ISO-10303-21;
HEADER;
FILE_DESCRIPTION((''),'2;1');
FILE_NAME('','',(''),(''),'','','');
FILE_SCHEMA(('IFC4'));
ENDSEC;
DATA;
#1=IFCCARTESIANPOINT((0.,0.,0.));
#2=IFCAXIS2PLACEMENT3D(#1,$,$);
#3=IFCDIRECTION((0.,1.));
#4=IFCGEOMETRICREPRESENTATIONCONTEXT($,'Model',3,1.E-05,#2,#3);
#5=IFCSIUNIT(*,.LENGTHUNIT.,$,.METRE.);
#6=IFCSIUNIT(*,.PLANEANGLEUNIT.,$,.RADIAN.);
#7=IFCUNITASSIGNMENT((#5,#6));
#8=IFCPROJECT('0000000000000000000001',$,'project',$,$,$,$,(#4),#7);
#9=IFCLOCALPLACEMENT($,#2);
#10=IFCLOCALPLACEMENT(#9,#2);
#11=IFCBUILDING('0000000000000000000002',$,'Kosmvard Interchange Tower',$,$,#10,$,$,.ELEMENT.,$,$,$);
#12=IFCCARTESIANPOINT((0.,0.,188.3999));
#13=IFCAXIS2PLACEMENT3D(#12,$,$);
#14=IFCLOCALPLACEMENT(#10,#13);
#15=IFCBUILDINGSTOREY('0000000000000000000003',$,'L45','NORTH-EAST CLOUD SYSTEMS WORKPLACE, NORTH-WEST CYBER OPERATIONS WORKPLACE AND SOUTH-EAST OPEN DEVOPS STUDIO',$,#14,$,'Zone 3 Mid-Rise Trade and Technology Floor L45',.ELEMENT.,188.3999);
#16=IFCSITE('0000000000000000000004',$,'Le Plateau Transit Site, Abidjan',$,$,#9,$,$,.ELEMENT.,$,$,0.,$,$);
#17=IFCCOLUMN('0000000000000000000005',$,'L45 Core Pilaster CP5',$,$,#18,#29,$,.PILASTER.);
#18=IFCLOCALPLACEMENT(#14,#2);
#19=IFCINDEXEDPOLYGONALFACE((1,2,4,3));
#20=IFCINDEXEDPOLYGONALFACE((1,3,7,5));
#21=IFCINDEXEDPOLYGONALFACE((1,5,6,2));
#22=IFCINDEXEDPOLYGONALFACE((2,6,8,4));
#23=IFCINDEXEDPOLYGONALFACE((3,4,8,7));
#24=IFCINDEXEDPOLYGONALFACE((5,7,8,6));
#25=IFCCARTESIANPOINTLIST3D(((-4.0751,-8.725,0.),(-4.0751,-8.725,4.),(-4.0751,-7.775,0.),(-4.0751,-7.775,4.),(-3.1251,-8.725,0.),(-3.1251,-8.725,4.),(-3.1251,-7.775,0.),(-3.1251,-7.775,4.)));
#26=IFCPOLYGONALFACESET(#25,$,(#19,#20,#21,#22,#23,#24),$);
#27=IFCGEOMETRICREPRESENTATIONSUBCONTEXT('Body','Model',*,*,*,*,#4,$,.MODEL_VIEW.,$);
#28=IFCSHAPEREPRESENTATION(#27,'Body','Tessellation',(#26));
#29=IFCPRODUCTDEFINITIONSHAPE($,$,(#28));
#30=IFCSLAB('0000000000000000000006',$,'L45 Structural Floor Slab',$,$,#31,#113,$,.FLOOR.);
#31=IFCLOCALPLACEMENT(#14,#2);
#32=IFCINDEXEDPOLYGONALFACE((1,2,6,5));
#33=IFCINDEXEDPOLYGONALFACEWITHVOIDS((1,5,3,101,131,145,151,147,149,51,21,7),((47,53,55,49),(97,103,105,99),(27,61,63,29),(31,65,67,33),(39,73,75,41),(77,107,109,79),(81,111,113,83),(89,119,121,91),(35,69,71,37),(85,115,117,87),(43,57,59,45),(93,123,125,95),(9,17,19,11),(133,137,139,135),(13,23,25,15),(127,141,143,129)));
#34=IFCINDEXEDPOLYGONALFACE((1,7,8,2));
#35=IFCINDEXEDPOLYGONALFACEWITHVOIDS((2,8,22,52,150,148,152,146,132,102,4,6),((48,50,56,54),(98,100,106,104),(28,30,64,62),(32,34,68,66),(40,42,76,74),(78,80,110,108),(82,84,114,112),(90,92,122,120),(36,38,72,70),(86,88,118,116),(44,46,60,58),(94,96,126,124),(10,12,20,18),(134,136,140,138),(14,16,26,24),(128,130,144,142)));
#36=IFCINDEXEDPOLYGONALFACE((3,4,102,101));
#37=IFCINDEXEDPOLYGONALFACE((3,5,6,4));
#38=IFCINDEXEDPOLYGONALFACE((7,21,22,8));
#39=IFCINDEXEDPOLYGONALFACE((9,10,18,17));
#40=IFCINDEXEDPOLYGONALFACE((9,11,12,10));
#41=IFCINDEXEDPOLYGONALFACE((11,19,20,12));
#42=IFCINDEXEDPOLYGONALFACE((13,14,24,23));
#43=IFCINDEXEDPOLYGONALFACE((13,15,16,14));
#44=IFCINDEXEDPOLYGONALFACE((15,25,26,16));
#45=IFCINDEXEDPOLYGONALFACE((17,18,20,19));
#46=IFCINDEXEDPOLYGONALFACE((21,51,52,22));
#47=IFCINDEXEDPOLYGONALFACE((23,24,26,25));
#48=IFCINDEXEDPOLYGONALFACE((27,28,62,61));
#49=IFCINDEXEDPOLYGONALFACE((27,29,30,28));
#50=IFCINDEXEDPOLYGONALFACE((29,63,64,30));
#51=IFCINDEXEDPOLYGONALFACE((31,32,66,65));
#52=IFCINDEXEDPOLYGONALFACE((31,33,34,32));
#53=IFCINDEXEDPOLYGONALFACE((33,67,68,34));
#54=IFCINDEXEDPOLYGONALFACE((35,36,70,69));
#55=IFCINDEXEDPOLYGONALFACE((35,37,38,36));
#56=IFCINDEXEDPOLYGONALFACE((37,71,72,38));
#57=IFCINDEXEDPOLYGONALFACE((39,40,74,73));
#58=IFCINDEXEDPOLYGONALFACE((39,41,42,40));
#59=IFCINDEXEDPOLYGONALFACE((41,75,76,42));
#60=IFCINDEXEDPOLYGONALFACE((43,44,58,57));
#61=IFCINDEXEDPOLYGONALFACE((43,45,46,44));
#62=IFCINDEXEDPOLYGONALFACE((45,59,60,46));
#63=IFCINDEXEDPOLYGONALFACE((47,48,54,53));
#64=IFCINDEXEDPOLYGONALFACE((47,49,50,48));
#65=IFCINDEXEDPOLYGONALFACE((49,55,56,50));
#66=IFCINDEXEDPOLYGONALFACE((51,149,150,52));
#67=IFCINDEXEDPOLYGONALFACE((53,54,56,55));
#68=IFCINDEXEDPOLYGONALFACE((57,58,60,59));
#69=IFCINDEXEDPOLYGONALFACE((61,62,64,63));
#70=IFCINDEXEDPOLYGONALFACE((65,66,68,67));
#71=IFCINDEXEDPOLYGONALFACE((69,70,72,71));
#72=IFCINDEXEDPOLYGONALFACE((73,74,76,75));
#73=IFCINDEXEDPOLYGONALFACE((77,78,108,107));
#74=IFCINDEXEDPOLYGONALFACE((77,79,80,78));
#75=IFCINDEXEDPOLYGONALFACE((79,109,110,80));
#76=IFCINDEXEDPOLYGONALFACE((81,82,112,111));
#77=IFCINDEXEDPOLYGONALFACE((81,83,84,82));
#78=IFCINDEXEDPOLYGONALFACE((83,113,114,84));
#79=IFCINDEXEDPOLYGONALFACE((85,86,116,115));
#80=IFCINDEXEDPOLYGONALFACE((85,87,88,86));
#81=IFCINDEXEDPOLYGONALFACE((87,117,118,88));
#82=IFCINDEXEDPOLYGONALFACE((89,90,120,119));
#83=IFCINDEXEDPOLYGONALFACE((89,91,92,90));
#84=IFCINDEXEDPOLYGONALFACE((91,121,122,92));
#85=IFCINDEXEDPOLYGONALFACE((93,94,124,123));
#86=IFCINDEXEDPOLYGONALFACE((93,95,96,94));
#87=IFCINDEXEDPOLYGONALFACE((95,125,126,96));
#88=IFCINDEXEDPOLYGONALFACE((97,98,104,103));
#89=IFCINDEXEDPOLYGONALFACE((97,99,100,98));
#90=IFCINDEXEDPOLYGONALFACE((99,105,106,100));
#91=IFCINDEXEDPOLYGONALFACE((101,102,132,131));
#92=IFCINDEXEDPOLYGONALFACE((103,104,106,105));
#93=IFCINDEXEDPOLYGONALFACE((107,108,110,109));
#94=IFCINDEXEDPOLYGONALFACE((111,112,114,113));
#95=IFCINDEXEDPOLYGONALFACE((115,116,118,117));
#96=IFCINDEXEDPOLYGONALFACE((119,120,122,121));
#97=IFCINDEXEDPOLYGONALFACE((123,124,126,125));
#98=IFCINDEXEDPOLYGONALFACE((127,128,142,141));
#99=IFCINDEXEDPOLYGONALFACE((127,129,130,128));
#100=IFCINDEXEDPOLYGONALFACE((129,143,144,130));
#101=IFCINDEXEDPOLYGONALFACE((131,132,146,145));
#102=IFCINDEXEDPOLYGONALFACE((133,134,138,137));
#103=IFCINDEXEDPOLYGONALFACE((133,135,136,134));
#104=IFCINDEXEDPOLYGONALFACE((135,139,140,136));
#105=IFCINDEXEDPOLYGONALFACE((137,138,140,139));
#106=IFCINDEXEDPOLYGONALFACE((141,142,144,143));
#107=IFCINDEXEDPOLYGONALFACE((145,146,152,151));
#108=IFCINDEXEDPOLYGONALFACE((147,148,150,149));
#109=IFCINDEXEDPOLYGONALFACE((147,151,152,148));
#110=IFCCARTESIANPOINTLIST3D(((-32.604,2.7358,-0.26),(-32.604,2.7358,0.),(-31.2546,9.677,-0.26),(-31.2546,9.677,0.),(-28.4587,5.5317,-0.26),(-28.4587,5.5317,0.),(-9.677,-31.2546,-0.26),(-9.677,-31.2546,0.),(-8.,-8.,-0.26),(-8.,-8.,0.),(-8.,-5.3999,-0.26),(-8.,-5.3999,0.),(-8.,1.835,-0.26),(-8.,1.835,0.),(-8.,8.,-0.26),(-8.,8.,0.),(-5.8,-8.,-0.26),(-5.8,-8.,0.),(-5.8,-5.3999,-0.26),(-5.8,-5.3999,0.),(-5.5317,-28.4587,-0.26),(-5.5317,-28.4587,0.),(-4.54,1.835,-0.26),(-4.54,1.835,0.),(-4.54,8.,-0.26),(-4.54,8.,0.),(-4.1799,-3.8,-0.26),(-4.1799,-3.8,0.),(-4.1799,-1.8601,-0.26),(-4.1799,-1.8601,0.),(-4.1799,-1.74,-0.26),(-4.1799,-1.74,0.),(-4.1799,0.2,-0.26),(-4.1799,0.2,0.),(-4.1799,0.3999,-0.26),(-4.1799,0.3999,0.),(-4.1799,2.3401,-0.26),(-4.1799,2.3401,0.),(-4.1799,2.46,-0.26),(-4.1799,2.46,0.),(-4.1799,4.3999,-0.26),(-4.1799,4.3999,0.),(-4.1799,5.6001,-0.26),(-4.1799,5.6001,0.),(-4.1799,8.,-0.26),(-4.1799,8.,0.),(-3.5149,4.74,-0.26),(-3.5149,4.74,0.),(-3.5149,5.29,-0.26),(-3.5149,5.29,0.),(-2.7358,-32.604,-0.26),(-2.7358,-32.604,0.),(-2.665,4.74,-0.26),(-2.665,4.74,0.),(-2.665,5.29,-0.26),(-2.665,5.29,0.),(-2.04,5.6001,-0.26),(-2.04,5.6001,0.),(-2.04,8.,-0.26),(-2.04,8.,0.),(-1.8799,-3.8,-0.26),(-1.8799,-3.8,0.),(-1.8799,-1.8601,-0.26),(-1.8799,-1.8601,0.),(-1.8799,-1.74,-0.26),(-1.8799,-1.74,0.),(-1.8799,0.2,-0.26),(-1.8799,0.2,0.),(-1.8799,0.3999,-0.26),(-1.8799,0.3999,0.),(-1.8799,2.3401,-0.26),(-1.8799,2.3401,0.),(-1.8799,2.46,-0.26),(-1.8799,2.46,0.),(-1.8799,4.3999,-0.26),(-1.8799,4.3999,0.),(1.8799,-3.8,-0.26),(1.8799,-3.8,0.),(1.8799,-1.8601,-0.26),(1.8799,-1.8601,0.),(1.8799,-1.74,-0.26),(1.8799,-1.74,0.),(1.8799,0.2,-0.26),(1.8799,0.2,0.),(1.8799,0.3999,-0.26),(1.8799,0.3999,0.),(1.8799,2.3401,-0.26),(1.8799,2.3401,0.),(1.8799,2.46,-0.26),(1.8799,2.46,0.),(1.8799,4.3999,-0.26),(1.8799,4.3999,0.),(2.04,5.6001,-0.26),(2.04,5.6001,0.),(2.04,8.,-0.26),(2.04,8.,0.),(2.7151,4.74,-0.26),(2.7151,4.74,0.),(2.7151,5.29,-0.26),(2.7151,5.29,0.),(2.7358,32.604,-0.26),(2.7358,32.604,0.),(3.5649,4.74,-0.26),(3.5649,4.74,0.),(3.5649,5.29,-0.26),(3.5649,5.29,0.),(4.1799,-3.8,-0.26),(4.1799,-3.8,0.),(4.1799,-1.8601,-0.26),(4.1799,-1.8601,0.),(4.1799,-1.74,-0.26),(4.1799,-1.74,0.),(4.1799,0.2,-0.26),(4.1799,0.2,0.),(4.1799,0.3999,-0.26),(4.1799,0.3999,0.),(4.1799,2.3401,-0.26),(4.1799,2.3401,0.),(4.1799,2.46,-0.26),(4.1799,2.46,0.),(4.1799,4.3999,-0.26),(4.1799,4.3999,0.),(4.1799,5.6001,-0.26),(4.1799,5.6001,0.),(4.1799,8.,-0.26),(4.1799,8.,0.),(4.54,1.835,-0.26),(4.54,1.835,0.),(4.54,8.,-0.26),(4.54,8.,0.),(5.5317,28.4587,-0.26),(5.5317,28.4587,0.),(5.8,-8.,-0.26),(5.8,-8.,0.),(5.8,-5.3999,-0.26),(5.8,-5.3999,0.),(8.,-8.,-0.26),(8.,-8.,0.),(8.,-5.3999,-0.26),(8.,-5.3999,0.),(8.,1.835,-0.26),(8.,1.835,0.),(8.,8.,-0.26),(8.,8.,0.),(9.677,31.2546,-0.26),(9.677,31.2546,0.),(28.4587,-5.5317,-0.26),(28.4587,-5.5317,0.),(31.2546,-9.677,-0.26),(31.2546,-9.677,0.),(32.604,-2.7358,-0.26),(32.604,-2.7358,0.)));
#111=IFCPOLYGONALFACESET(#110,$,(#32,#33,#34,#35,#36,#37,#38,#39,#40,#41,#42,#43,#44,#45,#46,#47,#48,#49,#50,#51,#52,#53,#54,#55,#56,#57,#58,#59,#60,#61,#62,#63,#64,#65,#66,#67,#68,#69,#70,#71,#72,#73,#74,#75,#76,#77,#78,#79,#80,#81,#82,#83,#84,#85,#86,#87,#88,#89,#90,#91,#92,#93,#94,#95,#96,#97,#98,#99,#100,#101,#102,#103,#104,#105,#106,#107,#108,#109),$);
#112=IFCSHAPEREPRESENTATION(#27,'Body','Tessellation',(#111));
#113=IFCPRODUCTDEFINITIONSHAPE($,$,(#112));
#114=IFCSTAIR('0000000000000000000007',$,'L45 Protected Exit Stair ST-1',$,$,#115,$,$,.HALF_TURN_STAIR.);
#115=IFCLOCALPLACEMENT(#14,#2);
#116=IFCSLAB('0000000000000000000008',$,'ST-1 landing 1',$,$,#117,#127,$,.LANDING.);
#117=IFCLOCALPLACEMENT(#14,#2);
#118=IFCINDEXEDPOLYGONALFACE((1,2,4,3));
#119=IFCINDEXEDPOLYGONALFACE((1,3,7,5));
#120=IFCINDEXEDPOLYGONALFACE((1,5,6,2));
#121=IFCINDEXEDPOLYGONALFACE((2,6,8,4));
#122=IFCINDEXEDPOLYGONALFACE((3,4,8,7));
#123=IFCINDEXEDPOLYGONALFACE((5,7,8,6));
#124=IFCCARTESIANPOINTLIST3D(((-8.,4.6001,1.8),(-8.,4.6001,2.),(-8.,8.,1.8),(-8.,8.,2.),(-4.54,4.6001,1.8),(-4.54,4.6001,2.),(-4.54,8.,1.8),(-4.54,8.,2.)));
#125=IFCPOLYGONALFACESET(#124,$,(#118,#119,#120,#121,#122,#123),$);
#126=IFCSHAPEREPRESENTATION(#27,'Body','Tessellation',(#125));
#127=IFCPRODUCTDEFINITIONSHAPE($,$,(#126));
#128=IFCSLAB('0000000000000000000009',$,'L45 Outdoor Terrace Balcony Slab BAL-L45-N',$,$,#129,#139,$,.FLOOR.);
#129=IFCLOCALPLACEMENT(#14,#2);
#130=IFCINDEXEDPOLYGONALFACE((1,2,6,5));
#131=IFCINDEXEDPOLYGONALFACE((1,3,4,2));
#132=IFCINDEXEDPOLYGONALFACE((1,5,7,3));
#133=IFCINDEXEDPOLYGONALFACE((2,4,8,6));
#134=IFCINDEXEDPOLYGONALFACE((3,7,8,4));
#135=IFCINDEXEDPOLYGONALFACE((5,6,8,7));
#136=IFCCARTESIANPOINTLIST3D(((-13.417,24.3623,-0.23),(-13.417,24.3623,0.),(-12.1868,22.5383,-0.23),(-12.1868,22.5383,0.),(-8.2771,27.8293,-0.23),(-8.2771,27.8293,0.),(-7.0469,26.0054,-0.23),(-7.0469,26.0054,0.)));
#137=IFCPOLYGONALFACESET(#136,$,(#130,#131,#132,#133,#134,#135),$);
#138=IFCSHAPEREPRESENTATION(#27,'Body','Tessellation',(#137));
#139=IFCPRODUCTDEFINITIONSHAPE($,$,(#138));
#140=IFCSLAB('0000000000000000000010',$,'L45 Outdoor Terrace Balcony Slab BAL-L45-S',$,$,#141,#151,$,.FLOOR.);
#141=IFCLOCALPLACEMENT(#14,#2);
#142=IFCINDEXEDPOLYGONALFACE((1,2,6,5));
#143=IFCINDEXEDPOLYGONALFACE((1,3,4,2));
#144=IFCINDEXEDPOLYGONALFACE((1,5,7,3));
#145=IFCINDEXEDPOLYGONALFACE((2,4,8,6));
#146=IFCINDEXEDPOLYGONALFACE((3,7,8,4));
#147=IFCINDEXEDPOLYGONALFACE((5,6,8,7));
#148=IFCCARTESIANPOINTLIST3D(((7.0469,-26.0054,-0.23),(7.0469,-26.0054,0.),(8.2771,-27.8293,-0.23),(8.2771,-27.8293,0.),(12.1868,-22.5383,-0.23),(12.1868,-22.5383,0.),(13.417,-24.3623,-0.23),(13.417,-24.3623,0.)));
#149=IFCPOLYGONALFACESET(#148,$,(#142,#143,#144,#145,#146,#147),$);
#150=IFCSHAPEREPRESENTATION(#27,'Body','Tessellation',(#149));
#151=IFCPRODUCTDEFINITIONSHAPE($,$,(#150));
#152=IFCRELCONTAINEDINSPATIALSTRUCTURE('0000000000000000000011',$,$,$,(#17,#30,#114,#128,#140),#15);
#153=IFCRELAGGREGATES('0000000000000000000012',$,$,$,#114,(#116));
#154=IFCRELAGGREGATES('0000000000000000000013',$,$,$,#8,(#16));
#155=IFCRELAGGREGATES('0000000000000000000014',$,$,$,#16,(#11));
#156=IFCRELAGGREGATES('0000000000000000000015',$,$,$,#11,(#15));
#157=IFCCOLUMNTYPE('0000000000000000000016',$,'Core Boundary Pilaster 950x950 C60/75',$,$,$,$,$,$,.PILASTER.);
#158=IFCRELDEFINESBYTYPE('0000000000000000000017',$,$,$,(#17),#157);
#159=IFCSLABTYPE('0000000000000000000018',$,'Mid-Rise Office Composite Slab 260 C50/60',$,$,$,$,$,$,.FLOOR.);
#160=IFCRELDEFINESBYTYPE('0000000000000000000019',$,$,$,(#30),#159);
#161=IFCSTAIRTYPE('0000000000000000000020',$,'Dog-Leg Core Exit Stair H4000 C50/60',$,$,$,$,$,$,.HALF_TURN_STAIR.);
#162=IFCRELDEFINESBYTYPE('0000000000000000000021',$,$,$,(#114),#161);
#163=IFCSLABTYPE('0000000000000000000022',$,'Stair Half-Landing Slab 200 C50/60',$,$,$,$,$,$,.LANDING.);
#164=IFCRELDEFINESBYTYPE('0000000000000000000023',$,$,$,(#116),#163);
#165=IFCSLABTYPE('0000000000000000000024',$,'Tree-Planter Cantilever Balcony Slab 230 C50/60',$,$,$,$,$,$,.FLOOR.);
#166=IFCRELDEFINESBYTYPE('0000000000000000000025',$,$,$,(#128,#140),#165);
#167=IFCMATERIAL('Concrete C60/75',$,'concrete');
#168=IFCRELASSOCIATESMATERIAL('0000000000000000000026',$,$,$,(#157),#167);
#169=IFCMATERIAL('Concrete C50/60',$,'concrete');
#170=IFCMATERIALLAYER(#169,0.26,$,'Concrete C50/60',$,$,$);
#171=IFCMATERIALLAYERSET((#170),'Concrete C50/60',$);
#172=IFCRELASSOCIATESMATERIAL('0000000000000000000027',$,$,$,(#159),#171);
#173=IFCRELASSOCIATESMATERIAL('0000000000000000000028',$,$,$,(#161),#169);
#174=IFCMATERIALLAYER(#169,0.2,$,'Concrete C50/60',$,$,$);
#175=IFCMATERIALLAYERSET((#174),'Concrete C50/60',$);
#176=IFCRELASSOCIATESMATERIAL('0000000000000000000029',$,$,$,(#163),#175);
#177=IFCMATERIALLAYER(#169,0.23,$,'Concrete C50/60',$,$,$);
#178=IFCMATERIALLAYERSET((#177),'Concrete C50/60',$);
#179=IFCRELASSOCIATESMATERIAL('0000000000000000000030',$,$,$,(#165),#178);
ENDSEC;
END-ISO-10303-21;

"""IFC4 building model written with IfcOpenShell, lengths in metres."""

from ifc_helpers import new_model, si_unit, direction, frame, origin, origin_2d, place, context, subcontext, project, spatial, polyline, rectangle, outline, extrude, source, transform, mapped, material, layer, layer_set, material_profile, profile_set, type_object, element, aggregate, save


model = new_model("IFC4")

# Units and contexts
model_context = context("Model", 3, precision=1e-05, world=origin(), true_north=direction((0.0, 1.0)))
body_context = subcontext(model_context, "Body", "Model", "MODEL_VIEW")
ifc_project = project(units=[si_unit("LENGTHUNIT", "METRE"), si_unit("PLANEANGLEUNIT", "RADIAN")], contexts=[model_context])

# Site, building, storey
site_placement = place(None, origin())
site = spatial("IfcSite", under=ifc_project, at=site_placement, Name="Le Plateau Transit Site, Abidjan", CompositionType="ELEMENT", RefElevation=0.0)
building_placement = place(site_placement, origin())
building = spatial("IfcBuilding", under=site, at=building_placement, Name="Kosmvard Interchange Tower", CompositionType="ELEMENT")
storey_placement = place(building_placement, frame((0.0, 0.0, 188.3999)))
storey = spatial("IfcBuildingStorey", under=building, at=storey_placement, Name="L45", Description="NORTH-EAST CLOUD SYSTEMS WORKPLACE, NORTH-WEST CYBER OPERATIONS WORKPLACE AND SOUTH-EAST OPEN DEVOPS STUDIO", LongName="Zone 3 Mid-Rise Trade and Technology Floor L45", CompositionType="ELEMENT", Elevation=188.3999)

# Column
ifc_material_1 = material(Name="Concrete C60/75", Category="concrete")
ifc_material_profile = material_profile(ifc_material_1, rectangle(XDim=0.95, YDim=0.95, at=origin_2d()), Name="CP 950x950")
ifc_profile_set = profile_set([ifc_material_profile], Name="Concrete C60/75")
column_type = type_object("IfcColumnType", Name="Core Boundary Pilaster 950x950 C60/75", PredefinedType="PILASTER", material=ifc_profile_set)
shared_shape_1 = source(origin(), body_context, "Body", "SweptSolid", [
    extrude(rectangle(XDim=0.95, YDim=0.95, at=origin_2d()), origin(), (0.0, 0.0, 1.0), 4.0),
])
column_placement = place(storey_placement, frame((-3.6001, -8.25, 0.0), z_axis=(0.0, 0.0, 1.0), x_axis=(1.0, 0.0, 0.0)))
element("IfcColumn", 1, at=column_placement, inside=storey, type_object=column_type, Name="L45 Core Pilaster CP5", PredefinedType="PILASTER", context=body_context, shape_type="MappedRepresentation", body=[
    mapped(shared_shape_1, transform((0.0, 0.0, 0.0), scale=1.0)),
])

# Slab
ifc_material_2 = material(Name="Concrete C50/60", Category="concrete")
ifc_layer_1 = layer(ifc_material_2, 0.26, Name="Concrete C50/60")
ifc_layer_set_1 = layer_set([ifc_layer_1], Name="Concrete C50/60")
slab_type_1 = type_object("IfcSlabType", Name="Mid-Rise Office Composite Slab 260 C50/60", PredefinedType="FLOOR", material=ifc_layer_set_1)
slab_1_placement = place(storey_placement, frame((0.0, 0.0, -0.26)))
element("IfcSlab", 2, at=slab_1_placement, inside=storey, type_object=slab_type_1, Name="L45 Structural Floor Slab", PredefinedType="FLOOR", context=body_context, shape_type="SweptSolid", body=[
    extrude(outline(polyline([(-2.7358, -32.604), (31.2546, -9.677), (28.4587, -5.5317), (32.604, -2.7358), (9.677, 31.2546), (5.5317, 28.4587), (2.7358, 32.604), (-31.2546, 9.677), (-28.4587, 5.5317), (-32.604, 2.7358), (-9.677, -31.2546), (-5.5317, -28.4587), (-2.7358, -32.604)]), holes=[polyline([(-8.0, 1.835), (-4.54, 1.835), (-4.54, 8.0), (-8.0, 8.0), (-8.0, 1.835)]), polyline([(4.54, 1.835), (8.0, 1.835), (8.0, 8.0), (4.54, 8.0), (4.54, 1.835)]), polyline([(-8.0, -8.0), (-5.8, -8.0), (-5.8, -5.3999), (-8.0, -5.3999), (-8.0, -8.0)]), polyline([(5.8, -8.0), (8.0, -8.0), (8.0, -5.3999), (5.8, -5.3999), (5.8, -8.0)]), polyline([(-4.1799, -3.8), (-1.8799, -3.8), (-1.8799, -1.8601), (-4.1799, -1.8601), (-4.1799, -3.8)]), polyline([(-4.1799, -1.74), (-1.8799, -1.74), (-1.8799, 0.2), (-4.1799, 0.2), (-4.1799, -1.74)]), polyline([(1.8799, -3.8), (4.1799, -3.8), (4.1799, -1.8601), (1.8799, -1.8601), (1.8799, -3.8)]), polyline([(1.8799, -1.74), (4.1799, -1.74), (4.1799, 0.2), (1.8799, 0.2), (1.8799, -1.74)]), polyline([(-4.1799, 0.3999), (-1.8799, 0.3999), (-1.8799, 2.3401), (-4.1799, 2.3401), (-4.1799, 0.3999)]), polyline([(-4.1799, 2.46), (-1.8799, 2.46), (-1.8799, 4.3999), (-4.1799, 4.3999), (-4.1799, 2.46)]), polyline([(1.8799, 0.3999), (4.1799, 0.3999), (4.1799, 2.3401), (1.8799, 2.3401), (1.8799, 0.3999)]), polyline([(1.8799, 2.46), (4.1799, 2.46), (4.1799, 4.3999), (1.8799, 4.3999), (1.8799, 2.46)]), polyline([(-4.1799, 5.6001), (-2.04, 5.6001), (-2.04, 8.0), (-4.1799, 8.0), (-4.1799, 5.6001)]), polyline([(2.04, 5.6001), (4.1799, 5.6001), (4.1799, 8.0), (2.04, 8.0), (2.04, 5.6001)]), polyline([(-3.5149, 4.74), (-2.665, 4.74), (-2.665, 5.29), (-3.5149, 5.29), (-3.5149, 4.74)]), polyline([(2.7151, 4.74), (3.5649, 4.74), (3.5649, 5.29), (2.7151, 5.29), (2.7151, 4.74)])]), origin(), (0.0, 0.0, 1.0), 0.26),
])

# Stair, slab
stair_type = type_object("IfcStairType", Name="Dog-Leg Core Exit Stair H4000 C50/60", PredefinedType="HALF_TURN_STAIR", material=ifc_material_2)
stair_placement = place(storey_placement, origin())
stair = element("IfcStair", 3, at=stair_placement, inside=storey, type_object=stair_type, Name="L45 Protected Exit Stair ST-1", PredefinedType="HALF_TURN_STAIR")
ifc_layer_2 = layer(ifc_material_2, 0.2, Name="Concrete C50/60")
ifc_layer_set_2 = layer_set([ifc_layer_2], Name="Concrete C50/60")
slab_type_2 = type_object("IfcSlabType", Name="Stair Half-Landing Slab 200 C50/60", PredefinedType="LANDING", material=ifc_layer_set_2)
slab_2_placement = place(storey_placement, frame((0.0, 0.0, 1.8)))
slab_2 = element("IfcSlab", 4, at=slab_2_placement, type_object=slab_type_2, Name="ST-1 landing 1", PredefinedType="LANDING", context=body_context, shape_type="SweptSolid", body=[
    extrude(outline(polyline([(-4.54, 4.6001), (-4.54, 8.0), (-8.0, 8.0), (-8.0, 4.6001), (-4.54, 4.6001)])), origin(), (0.0, 0.0, 1.0), 0.2),
])
aggregate(stair, [slab_2])

# Slabs
ifc_layer_3 = layer(ifc_material_2, 0.23, Name="Concrete C50/60")
ifc_layer_set_3 = layer_set([ifc_layer_3], Name="Concrete C50/60")
slab_type_3 = type_object("IfcSlabType", Name="Tree-Planter Cantilever Balcony Slab 230 C50/60", PredefinedType="FLOOR", material=ifc_layer_set_3)
slab_3_placement = place(storey_placement, frame((0.0, 0.0, -0.23)))
element("IfcSlab", 5, at=slab_3_placement, inside=storey, type_object=slab_type_3, Name="L45 Outdoor Terrace Balcony Slab BAL-L45-N", PredefinedType="FLOOR", context=body_context, shape_type="SweptSolid", body=[
    extrude(outline(polyline([(-12.1868, 22.5383), (-7.0469, 26.0054), (-8.2771, 27.8293), (-13.417, 24.3623), (-12.1868, 22.5383)])), origin(), (0.0, 0.0, 1.0), 0.23),
])
slab_4_placement = place(storey_placement, frame((0.0, 0.0, -0.23)))
element("IfcSlab", 6, at=slab_4_placement, inside=storey, type_object=slab_type_3, Name="L45 Outdoor Terrace Balcony Slab BAL-L45-S", PredefinedType="FLOOR", context=body_context, shape_type="SweptSolid", body=[
    extrude(outline(polyline([(8.2771, -27.8293), (13.417, -24.3623), (12.1868, -22.5383), (7.0469, -26.0054), (8.2771, -27.8293)])), origin(), (0.0, 0.0, 1.0), 0.23),
])

save(model, "model.ifc")
